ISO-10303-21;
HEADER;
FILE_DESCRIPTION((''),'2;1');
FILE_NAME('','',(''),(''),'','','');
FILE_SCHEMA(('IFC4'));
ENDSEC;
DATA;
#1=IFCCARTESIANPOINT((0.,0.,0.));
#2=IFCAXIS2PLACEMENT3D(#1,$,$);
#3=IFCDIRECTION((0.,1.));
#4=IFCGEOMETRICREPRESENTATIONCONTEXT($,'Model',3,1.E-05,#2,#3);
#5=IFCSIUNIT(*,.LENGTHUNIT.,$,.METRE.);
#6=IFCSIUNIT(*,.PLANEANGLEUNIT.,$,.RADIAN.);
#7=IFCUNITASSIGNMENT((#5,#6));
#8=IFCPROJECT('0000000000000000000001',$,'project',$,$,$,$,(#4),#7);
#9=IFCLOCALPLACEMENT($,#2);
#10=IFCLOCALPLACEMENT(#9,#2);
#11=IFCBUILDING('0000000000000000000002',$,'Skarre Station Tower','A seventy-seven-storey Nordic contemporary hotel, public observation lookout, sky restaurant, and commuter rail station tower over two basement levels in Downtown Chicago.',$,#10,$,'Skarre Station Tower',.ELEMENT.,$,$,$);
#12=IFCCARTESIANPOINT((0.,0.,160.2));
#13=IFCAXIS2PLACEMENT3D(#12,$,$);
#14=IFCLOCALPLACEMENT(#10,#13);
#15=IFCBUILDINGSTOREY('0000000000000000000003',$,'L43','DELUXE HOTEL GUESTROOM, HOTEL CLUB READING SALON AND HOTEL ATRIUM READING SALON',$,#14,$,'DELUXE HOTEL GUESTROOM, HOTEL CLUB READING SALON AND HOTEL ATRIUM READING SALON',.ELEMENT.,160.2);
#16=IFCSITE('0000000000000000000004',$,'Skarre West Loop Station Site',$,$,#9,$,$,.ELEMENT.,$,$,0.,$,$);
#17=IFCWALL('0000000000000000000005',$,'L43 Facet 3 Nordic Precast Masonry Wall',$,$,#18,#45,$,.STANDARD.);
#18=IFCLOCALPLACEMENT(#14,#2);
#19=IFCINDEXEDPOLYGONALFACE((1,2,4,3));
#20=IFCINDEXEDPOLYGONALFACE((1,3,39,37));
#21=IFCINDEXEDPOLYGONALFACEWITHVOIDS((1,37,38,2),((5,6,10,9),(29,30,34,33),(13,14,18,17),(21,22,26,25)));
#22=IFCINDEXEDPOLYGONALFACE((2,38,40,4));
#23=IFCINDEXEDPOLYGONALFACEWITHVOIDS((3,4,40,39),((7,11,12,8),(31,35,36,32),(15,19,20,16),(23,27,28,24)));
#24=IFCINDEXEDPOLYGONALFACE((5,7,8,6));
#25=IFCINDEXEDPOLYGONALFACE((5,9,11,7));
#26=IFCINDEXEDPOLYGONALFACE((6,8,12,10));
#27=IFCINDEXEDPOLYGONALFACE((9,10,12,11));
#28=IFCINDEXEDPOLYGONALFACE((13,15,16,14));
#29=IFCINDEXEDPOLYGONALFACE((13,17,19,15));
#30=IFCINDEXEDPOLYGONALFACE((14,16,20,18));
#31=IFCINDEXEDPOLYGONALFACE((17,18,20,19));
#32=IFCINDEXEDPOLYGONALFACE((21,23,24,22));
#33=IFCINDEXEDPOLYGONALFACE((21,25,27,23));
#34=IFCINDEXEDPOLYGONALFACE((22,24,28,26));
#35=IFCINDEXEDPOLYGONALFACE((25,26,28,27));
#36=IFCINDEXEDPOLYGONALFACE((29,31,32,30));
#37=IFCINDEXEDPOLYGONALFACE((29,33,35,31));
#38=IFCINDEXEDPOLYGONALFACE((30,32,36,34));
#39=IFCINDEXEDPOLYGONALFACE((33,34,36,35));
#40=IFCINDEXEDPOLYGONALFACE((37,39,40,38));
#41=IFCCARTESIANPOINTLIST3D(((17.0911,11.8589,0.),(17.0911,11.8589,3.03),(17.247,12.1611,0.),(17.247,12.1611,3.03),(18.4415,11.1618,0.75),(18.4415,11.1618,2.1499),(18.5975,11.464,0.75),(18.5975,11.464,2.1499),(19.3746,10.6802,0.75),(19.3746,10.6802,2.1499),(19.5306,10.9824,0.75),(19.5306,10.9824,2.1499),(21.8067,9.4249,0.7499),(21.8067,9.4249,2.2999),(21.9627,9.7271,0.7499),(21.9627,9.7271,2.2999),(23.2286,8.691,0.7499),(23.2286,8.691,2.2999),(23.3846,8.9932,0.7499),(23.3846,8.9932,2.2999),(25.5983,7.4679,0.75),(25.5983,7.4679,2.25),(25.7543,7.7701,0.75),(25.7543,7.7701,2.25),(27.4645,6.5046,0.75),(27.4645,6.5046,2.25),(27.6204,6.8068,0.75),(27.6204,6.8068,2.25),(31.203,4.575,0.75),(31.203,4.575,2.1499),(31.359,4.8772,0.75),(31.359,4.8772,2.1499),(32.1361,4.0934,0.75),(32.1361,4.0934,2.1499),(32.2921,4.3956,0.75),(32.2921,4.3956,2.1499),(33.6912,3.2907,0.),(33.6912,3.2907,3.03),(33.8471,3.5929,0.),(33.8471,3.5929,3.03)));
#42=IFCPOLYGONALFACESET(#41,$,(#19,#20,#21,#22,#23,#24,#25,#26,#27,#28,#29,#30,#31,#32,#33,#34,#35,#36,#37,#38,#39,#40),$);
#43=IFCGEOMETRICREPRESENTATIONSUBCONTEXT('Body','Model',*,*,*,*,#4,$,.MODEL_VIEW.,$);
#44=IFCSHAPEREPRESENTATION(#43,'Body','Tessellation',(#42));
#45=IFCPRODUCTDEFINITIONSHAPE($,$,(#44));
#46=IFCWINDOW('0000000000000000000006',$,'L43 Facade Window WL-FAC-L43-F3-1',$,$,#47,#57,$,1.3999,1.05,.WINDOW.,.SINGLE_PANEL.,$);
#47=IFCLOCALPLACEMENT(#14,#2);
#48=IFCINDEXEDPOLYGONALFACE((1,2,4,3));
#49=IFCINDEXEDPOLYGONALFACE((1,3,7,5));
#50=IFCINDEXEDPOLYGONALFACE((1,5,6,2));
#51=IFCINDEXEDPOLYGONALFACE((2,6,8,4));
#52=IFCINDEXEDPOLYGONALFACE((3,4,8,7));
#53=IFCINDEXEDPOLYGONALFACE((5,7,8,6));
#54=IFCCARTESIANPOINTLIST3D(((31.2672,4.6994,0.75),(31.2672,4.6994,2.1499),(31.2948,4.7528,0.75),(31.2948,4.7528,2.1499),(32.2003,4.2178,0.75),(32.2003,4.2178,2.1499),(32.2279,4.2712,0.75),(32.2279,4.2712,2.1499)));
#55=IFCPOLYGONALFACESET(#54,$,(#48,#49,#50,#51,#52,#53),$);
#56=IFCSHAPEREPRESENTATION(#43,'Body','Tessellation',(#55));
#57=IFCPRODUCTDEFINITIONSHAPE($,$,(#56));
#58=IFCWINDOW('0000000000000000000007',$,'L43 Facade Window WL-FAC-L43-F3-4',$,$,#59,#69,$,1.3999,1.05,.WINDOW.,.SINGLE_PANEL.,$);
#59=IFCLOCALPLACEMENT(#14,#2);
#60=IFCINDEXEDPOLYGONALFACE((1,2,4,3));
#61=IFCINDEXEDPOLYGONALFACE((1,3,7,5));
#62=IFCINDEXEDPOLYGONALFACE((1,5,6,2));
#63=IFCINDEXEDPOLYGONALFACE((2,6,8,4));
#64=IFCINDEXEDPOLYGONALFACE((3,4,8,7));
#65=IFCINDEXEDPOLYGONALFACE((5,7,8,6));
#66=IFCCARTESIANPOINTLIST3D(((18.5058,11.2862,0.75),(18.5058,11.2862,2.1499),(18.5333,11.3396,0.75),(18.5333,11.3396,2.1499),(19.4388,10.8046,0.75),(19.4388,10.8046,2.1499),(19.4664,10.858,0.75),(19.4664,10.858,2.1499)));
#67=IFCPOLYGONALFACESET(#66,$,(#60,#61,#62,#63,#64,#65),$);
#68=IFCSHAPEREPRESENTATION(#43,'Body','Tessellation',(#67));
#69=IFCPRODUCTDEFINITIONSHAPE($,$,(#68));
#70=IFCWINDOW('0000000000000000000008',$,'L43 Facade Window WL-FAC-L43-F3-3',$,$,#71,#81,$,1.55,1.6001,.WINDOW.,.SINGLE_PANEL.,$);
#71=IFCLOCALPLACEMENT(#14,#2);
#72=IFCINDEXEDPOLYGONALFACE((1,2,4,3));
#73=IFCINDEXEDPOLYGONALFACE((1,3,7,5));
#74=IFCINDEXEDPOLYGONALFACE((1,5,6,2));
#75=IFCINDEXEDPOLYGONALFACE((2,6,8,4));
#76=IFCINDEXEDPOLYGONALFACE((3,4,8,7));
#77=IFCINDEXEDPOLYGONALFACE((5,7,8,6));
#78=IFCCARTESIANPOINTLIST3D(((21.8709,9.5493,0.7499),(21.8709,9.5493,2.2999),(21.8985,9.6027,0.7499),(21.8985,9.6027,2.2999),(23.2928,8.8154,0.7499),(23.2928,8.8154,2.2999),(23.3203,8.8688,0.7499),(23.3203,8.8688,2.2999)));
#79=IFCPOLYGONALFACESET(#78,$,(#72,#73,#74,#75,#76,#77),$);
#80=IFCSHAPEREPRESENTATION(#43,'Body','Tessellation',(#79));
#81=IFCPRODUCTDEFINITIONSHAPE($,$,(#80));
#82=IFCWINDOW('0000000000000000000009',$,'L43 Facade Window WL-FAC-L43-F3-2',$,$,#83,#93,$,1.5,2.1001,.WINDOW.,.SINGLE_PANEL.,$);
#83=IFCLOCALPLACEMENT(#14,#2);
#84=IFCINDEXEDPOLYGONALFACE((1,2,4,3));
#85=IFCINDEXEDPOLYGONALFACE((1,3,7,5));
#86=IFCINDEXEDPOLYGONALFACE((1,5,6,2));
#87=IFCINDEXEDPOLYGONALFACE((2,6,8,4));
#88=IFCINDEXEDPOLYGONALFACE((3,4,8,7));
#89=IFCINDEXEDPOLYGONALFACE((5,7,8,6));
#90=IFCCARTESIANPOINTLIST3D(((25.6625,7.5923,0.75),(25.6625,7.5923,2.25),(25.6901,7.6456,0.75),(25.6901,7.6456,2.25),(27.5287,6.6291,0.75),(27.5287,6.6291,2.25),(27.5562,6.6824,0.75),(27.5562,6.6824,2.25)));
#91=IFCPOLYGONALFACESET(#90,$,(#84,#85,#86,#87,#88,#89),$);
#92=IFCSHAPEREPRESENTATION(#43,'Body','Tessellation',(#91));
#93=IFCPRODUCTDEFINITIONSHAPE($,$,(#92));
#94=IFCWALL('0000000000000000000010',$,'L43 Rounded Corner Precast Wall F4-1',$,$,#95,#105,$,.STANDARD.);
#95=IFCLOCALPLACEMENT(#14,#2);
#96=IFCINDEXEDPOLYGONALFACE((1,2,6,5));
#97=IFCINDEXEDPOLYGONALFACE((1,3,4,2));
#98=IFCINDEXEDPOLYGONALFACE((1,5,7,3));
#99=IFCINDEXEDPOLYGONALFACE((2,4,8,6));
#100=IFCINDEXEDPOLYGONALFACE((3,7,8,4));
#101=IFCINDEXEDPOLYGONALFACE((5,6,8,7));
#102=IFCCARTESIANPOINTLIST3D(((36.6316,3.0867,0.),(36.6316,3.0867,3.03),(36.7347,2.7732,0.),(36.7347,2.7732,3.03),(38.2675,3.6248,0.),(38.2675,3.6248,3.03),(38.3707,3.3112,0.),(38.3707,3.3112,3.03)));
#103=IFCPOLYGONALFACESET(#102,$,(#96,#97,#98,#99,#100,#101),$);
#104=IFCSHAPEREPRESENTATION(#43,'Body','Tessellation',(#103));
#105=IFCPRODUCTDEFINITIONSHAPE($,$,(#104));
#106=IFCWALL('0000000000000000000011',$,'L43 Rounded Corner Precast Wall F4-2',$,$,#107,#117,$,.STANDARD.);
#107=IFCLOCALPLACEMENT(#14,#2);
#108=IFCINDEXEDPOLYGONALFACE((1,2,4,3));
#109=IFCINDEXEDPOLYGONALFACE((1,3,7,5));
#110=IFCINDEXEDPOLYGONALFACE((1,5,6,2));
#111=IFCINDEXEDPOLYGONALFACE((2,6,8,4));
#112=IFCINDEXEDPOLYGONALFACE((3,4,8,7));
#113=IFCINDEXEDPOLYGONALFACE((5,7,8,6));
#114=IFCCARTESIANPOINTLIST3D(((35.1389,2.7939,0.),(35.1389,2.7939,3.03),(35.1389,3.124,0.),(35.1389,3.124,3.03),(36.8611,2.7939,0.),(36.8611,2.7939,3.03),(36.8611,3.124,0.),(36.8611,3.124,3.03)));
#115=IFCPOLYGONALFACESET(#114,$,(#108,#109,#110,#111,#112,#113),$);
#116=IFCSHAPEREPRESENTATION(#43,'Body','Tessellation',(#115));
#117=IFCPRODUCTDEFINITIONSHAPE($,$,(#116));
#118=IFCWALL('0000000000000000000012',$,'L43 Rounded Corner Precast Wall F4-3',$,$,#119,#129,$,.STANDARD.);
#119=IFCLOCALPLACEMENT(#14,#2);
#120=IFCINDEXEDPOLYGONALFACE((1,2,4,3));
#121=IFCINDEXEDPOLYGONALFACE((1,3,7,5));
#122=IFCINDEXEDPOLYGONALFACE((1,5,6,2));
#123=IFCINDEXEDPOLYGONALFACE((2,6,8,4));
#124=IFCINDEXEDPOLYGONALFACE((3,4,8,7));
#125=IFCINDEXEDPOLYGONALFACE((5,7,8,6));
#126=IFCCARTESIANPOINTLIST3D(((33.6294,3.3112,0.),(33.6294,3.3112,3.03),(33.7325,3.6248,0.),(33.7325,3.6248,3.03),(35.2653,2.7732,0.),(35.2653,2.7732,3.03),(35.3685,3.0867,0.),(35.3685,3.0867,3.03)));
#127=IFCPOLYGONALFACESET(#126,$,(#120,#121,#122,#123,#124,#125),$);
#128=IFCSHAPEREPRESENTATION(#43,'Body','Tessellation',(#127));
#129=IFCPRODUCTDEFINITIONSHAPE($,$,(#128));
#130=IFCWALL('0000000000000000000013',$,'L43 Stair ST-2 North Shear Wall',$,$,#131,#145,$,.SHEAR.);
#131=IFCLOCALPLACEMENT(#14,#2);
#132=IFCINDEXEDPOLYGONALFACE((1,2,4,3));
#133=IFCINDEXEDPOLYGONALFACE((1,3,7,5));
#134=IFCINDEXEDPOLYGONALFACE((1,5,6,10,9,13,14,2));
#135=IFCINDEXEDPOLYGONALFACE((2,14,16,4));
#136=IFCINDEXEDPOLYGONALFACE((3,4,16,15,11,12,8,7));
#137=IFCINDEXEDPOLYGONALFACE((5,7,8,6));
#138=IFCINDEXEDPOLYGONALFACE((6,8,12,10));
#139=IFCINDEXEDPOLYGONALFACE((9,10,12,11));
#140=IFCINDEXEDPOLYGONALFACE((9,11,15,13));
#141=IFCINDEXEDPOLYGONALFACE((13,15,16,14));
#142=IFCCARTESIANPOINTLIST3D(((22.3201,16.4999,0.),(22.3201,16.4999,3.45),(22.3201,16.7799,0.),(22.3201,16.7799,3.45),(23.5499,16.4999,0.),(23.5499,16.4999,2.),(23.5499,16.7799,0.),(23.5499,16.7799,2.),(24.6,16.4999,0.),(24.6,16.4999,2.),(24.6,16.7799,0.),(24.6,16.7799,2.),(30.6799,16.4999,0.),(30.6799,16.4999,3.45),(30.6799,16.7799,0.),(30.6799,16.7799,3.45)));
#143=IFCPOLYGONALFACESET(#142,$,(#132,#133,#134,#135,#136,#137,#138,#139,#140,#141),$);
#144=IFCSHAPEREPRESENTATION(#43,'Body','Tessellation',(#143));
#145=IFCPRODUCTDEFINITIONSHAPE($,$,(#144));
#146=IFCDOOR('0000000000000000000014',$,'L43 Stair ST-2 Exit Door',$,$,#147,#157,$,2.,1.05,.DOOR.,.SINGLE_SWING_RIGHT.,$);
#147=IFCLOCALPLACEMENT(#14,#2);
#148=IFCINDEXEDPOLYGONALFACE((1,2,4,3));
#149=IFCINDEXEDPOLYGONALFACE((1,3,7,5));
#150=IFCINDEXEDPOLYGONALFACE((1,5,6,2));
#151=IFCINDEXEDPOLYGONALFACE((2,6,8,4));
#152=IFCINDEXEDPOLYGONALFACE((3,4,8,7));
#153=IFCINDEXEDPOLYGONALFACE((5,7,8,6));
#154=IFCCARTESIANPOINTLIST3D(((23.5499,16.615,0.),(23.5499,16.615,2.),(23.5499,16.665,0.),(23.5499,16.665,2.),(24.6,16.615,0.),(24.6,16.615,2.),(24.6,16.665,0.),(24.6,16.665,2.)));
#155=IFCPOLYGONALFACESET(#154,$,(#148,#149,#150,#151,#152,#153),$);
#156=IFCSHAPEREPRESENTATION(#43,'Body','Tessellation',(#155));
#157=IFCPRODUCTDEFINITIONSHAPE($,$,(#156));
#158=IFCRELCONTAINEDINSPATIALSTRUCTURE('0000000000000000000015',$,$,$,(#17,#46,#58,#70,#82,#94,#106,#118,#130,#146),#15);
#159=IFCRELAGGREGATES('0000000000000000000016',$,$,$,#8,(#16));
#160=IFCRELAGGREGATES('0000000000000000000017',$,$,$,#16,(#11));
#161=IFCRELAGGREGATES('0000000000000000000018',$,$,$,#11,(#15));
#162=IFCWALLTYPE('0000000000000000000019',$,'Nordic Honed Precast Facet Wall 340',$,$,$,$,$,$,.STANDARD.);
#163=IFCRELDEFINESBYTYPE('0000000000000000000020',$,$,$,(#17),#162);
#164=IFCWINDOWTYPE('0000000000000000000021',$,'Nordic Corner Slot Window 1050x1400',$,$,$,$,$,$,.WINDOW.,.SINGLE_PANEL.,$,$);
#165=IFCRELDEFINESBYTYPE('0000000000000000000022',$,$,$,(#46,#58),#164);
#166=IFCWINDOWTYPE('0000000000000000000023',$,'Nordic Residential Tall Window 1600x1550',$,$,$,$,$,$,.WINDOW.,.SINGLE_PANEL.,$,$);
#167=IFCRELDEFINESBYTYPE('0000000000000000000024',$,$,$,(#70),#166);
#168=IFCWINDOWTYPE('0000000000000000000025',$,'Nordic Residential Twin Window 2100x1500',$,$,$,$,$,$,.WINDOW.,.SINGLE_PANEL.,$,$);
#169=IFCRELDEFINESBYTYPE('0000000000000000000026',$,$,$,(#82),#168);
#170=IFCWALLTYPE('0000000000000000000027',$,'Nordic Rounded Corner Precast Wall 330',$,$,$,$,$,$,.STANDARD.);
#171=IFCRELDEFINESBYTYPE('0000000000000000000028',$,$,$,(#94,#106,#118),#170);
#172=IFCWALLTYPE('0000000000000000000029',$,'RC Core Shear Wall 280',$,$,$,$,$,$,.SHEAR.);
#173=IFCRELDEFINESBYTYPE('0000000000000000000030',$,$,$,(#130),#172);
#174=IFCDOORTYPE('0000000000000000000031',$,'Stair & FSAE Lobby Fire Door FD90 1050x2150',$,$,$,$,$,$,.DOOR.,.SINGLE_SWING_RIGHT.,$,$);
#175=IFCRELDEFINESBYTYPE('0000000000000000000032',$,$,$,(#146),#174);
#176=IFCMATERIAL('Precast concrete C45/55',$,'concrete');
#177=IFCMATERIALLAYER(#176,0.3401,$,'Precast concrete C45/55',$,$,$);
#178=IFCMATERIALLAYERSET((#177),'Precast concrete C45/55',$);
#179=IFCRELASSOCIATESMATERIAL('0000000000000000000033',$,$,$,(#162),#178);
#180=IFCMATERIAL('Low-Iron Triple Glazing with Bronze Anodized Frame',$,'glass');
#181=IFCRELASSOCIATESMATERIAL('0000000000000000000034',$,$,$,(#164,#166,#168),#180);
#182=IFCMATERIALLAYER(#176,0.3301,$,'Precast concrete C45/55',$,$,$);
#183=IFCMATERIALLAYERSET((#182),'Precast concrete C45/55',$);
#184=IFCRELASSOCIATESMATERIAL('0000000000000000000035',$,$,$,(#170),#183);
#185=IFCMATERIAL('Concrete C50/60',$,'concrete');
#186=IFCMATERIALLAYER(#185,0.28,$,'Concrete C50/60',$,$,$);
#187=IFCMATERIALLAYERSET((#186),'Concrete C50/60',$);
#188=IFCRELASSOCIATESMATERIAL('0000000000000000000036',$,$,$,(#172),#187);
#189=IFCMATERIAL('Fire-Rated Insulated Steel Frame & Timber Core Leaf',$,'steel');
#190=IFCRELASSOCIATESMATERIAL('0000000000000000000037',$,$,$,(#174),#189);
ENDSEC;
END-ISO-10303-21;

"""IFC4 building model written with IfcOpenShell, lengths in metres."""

from ifc_helpers import new_model, si_unit, direction, frame, frame_2d, origin, place, context, subcontext, project, spatial, rectangle, extrude, material, layer, layer_set, type_object, element, fill, save


model = new_model("IFC4")

# Units and contexts
model_context = context("Model", 3, precision=1e-05, world=origin(), true_north=direction((0.0, 1.0)))
body_context = subcontext(model_context, "Body", "Model", "MODEL_VIEW")
ifc_project = project(units=[si_unit("LENGTHUNIT", "METRE"), si_unit("PLANEANGLEUNIT", "RADIAN")], contexts=[model_context])

# Site, building, storey
site_placement = place(None, origin())
site = spatial("IfcSite", under=ifc_project, at=site_placement, Name="Skarre West Loop Station Site", CompositionType="ELEMENT", RefElevation=0.0)
building_placement = place(site_placement, origin())
building = spatial("IfcBuilding", under=site, at=building_placement, Name="Skarre Station Tower", Description="A seventy-seven-storey Nordic contemporary hotel, public observation lookout, sky restaurant, and commuter rail station tower over two basement levels in Downtown Chicago.", LongName="Skarre Station Tower", CompositionType="ELEMENT")
storey_placement = place(building_placement, frame((0.0, 0.0, 160.2)))
storey = spatial("IfcBuildingStorey", under=building, at=storey_placement, Name="L43", Description="DELUXE HOTEL GUESTROOM, HOTEL CLUB READING SALON AND HOTEL ATRIUM READING SALON", LongName="DELUXE HOTEL GUESTROOM, HOTEL CLUB READING SALON AND HOTEL ATRIUM READING SALON", CompositionType="ELEMENT", Elevation=160.2)

# Wall, openings, windows
ifc_material_1 = material(Name="Precast concrete C45/55", Category="concrete")
ifc_layer_1 = layer(ifc_material_1, 0.3401, Name="Precast concrete C45/55")
ifc_layer_set_1 = layer_set([ifc_layer_1], Name="Precast concrete C45/55")
wall_type_1 = type_object("IfcWallType", Name="Nordic Honed Precast Facet Wall 340", PredefinedType="STANDARD", material=ifc_layer_set_1)
wall_1_placement = place(storey_placement, frame((33.769, 3.4419, 0.0), z_axis=(0.0, 0.0, 1.0), x_axis=(-0.888614, 0.458657, 0.0)))
wall_1 = element("IfcWall", 1, at=wall_1_placement, inside=storey, type_object=wall_type_1, Name="L43 Facet 3 Nordic Precast Masonry Wall", PredefinedType="STANDARD", context=body_context, shape_type="SweptSolid", body=[
    extrude(rectangle(XDim=18.6809, YDim=0.3401, at=frame_2d((9.3403, 0.0))), origin(), (0.0, 0.0, 1.0), 3.03),
])
opening_1_placement = place(wall_1_placement, frame((1.75, 0.0, 0.75)))
opening_1 = element("IfcOpeningElement", 2, at=opening_1_placement, cuts=wall_1, PredefinedType="OPENING", context=body_context, shape_type="SweptSolid", body=[
    extrude(rectangle(XDim=1.05, YDim=1.3999, at=frame_2d((0.5249, 0.7))), frame((0.0, 0.1799, 0.0), z_axis=(0.0, -1.0, 0.0), x_axis=(1.0, 0.0, 0.0)), (0.0, 0.0, 1.0), 0.3601),
])
opening_2_placement = place(wall_1_placement, frame((7.0071, 0.0, 0.75)))
opening_2 = element("IfcOpeningElement", 3, at=opening_2_placement, cuts=wall_1, PredefinedType="OPENING", context=body_context, shape_type="SweptSolid", body=[
    extrude(rectangle(XDim=2.1001, YDim=1.5, at=frame_2d((1.05, 0.75))), frame((0.0, 0.1799, 0.0), z_axis=(0.0, -1.0, 0.0), x_axis=(1.0, 0.0, 0.0)), (0.0, 0.0, 1.0), 0.3601),
])
opening_3_placement = place(wall_1_placement, frame((11.7739, 0.0, 0.75)))
opening_3 = element("IfcOpeningElement", 4, at=opening_3_placement, cuts=wall_1, PredefinedType="OPENING", context=body_context, shape_type="SweptSolid", body=[
    extrude(rectangle(XDim=1.6001, YDim=1.55, at=frame_2d((0.8, 0.7749))), frame((0.0, 0.1799, 0.0), z_axis=(0.0, -1.0, 0.0), x_axis=(1.0, 0.0, 0.0)), (0.0, 0.0, 1.0), 0.3601),
])
opening_4_placement = place(wall_1_placement, frame((16.1111, 0.0, 0.75)))
opening_4 = element("IfcOpeningElement", 5, at=opening_4_placement, cuts=wall_1, PredefinedType="OPENING", context=body_context, shape_type="SweptSolid", body=[
    extrude(rectangle(XDim=1.05, YDim=1.3999, at=frame_2d((0.5249, 0.7))), frame((0.0, 0.1799, 0.0), z_axis=(0.0, -1.0, 0.0), x_axis=(1.0, 0.0, 0.0)), (0.0, 0.0, 1.0), 0.3601),
])
ifc_material_2 = material(Name="Low-Iron Triple Glazing with Bronze Anodized Frame", Category="glass")
window_type_1 = type_object("IfcWindowType", Name="Nordic Corner Slot Window 1050x1400", PartitioningType="SINGLE_PANEL", PredefinedType="WINDOW", material=ifc_material_2)
window_1_placement = place(opening_1_placement, origin())
window_1 = element("IfcWindow", 6, at=window_1_placement, inside=storey, type_object=window_type_1, Name="L43 Facade Window WL-FAC-L43-F3-1", OverallHeight=1.3999, OverallWidth=1.05, PartitioningType="SINGLE_PANEL", PredefinedType="WINDOW", context=body_context, shape_type="SweptSolid", body=[
    extrude(rectangle(XDim=1.05, YDim=1.3999, at=frame_2d((0.5249, 0.7))), frame((0.0, 0.03, 0.0), z_axis=(0.0, -1.0, 0.0), x_axis=(1.0, 0.0, 0.0)), (0.0, 0.0, 1.0), 0.0601),
])
fill(opening_1, window_1)
window_2_placement = place(opening_4_placement, origin())
window_2 = element("IfcWindow", 7, at=window_2_placement, inside=storey, type_object=window_type_1, Name="L43 Facade Window WL-FAC-L43-F3-4", OverallHeight=1.3999, OverallWidth=1.05, PartitioningType="SINGLE_PANEL", PredefinedType="WINDOW", context=body_context, shape_type="SweptSolid", body=[
    extrude(rectangle(XDim=1.05, YDim=1.3999, at=frame_2d((0.5249, 0.7))), frame((0.0, 0.03, 0.0), z_axis=(0.0, -1.0, 0.0), x_axis=(1.0, 0.0, 0.0)), (0.0, 0.0, 1.0), 0.0601),
])
fill(opening_4, window_2)
window_type_2 = type_object("IfcWindowType", Name="Nordic Residential Tall Window 1600x1550", PartitioningType="SINGLE_PANEL", PredefinedType="WINDOW", material=ifc_material_2)
window_3_placement = place(opening_3_placement, origin())
window_3 = element("IfcWindow", 8, at=window_3_placement, inside=storey, type_object=window_type_2, Name="L43 Facade Window WL-FAC-L43-F3-3", OverallHeight=1.55, OverallWidth=1.6001, PartitioningType="SINGLE_PANEL", PredefinedType="WINDOW", context=body_context, shape_type="SweptSolid", body=[
    extrude(rectangle(XDim=1.6001, YDim=1.55, at=frame_2d((0.8, 0.7749))), frame((0.0, 0.03, 0.0), z_axis=(0.0, -1.0, 0.0), x_axis=(1.0, 0.0, 0.0)), (0.0, 0.0, 1.0), 0.0601),
])
fill(opening_3, window_3)
window_type_3 = type_object("IfcWindowType", Name="Nordic Residential Twin Window 2100x1500", PartitioningType="SINGLE_PANEL", PredefinedType="WINDOW", material=ifc_material_2)
window_4_placement = place(opening_2_placement, origin())
window_4 = element("IfcWindow", 9, at=window_4_placement, inside=storey, type_object=window_type_3, Name="L43 Facade Window WL-FAC-L43-F3-2", OverallHeight=1.5, OverallWidth=2.1001, PartitioningType="SINGLE_PANEL", PredefinedType="WINDOW", context=body_context, shape_type="SweptSolid", body=[
    extrude(rectangle(XDim=2.1001, YDim=1.5, at=frame_2d((1.05, 0.75))), frame((0.0, 0.03, 0.0), z_axis=(0.0, -1.0, 0.0), x_axis=(1.0, 0.0, 0.0)), (0.0, 0.0, 1.0), 0.0601),
])
fill(opening_2, window_4)

# Walls
ifc_layer_2 = layer(ifc_material_1, 0.3301, Name="Precast concrete C45/55")
ifc_layer_set_2 = layer_set([ifc_layer_2], Name="Precast concrete C45/55")
wall_type_2 = type_object("IfcWallType", Name="Nordic Rounded Corner Precast Wall 330", PredefinedType="STANDARD", material=ifc_layer_set_2)
for number, where, z_axis, x_axis, name in (
    (10, (38.3191, 3.468, 0.0), (0.0, 0.0, 1.0), (-0.949937, -0.31244, 0.0), "L43 Rounded Corner Precast Wall F4-1"),
    (11, (36.8611, 2.959, 0.0), (0.0, 0.0, 1.0), (-1.0, 0.0, 0.0), "L43 Rounded Corner Precast Wall F4-2"),
    (12, (35.3169, 2.9299, 0.0), (0.0, 0.0, 1.0), (-0.949937, 0.31244, 0.0), "L43 Rounded Corner Precast Wall F4-3"),
):
    element("IfcWall", number, at=place(storey_placement, frame(where, z_axis=z_axis, x_axis=x_axis)), inside=storey, type_object=wall_type_2, Name=name, PredefinedType="STANDARD", context=body_context, shape_type="SweptSolid", body=[
        extrude(rectangle(XDim=1.7222, YDim=0.3301, at=frame_2d((0.8611, 0.0))), origin(), (0.0, 0.0, 1.0), 3.03),
    ])

# Wall, opening, door
ifc_material_3 = material(Name="Concrete C50/60", Category="concrete")
ifc_layer_3 = layer(ifc_material_3, 0.28, Name="Concrete C50/60")
ifc_layer_set_3 = layer_set([ifc_layer_3], Name="Concrete C50/60")
wall_type_3 = type_object("IfcWallType", Name="RC Core Shear Wall 280", PredefinedType="SHEAR", material=ifc_layer_set_3)
wall_2_placement = place(storey_placement, frame((30.6799, 16.6399, 0.0), z_axis=(0.0, 0.0, 1.0), x_axis=(-1.0, 0.0, 0.0)))
wall_2 = element("IfcWall", 13, at=wall_2_placement, inside=storey, type_object=wall_type_3, Name="L43 Stair ST-2 North Shear Wall", PredefinedType="SHEAR", context=body_context, shape_type="SweptSolid", body=[
    extrude(rectangle(XDim=8.3599, YDim=0.28, at=frame_2d((4.1799, 0.0))), origin(), (0.0, 0.0, 1.0), 3.45),
])
opening_5_placement = place(wall_2_placement, frame((6.0801, 0.0, 0.0)))
opening_5 = element("IfcOpeningElement", 14, at=opening_5_placement, cuts=wall_2, PredefinedType="OPENING", context=body_context, shape_type="SweptSolid", body=[
    extrude(rectangle(XDim=1.05, YDim=2.0, at=frame_2d((0.5249, 1.0))), frame((0.0, 0.1499, 0.0), z_axis=(0.0, -1.0, 0.0), x_axis=(1.0, 0.0, 0.0)), (0.0, 0.0, 1.0), 0.3),
])
ifc_material_4 = material(Name="Fire-Rated Insulated Steel Frame & Timber Core Leaf", Category="steel")
door_type_1 = type_object("IfcDoorType", Name="Stair & FSAE Lobby Fire Door FD90 1050x2150", OperationType="SINGLE_SWING_RIGHT", PredefinedType="DOOR", material=ifc_material_4)
door_1_placement = place(opening_5_placement, origin())
door_1 = element("IfcDoor", 15, at=door_1_placement, inside=storey, type_object=door_type_1, Name="L43 Stair ST-2 Exit Door", OperationType="SINGLE_SWING_RIGHT", OverallHeight=2.0, OverallWidth=1.05, PredefinedType="DOOR", context=body_context, shape_type="SweptSolid", body=[
    extrude(rectangle(XDim=1.05, YDim=2.0, at=frame_2d((0.5249, 1.0))), frame((0.0, 0.0249, 0.0), z_axis=(0.0, -1.0, 0.0), x_axis=(1.0, 0.0, 0.0)), (0.0, 0.0, 1.0), 0.05),
])
fill(opening_5, door_1)

save(model, "model.ifc")
